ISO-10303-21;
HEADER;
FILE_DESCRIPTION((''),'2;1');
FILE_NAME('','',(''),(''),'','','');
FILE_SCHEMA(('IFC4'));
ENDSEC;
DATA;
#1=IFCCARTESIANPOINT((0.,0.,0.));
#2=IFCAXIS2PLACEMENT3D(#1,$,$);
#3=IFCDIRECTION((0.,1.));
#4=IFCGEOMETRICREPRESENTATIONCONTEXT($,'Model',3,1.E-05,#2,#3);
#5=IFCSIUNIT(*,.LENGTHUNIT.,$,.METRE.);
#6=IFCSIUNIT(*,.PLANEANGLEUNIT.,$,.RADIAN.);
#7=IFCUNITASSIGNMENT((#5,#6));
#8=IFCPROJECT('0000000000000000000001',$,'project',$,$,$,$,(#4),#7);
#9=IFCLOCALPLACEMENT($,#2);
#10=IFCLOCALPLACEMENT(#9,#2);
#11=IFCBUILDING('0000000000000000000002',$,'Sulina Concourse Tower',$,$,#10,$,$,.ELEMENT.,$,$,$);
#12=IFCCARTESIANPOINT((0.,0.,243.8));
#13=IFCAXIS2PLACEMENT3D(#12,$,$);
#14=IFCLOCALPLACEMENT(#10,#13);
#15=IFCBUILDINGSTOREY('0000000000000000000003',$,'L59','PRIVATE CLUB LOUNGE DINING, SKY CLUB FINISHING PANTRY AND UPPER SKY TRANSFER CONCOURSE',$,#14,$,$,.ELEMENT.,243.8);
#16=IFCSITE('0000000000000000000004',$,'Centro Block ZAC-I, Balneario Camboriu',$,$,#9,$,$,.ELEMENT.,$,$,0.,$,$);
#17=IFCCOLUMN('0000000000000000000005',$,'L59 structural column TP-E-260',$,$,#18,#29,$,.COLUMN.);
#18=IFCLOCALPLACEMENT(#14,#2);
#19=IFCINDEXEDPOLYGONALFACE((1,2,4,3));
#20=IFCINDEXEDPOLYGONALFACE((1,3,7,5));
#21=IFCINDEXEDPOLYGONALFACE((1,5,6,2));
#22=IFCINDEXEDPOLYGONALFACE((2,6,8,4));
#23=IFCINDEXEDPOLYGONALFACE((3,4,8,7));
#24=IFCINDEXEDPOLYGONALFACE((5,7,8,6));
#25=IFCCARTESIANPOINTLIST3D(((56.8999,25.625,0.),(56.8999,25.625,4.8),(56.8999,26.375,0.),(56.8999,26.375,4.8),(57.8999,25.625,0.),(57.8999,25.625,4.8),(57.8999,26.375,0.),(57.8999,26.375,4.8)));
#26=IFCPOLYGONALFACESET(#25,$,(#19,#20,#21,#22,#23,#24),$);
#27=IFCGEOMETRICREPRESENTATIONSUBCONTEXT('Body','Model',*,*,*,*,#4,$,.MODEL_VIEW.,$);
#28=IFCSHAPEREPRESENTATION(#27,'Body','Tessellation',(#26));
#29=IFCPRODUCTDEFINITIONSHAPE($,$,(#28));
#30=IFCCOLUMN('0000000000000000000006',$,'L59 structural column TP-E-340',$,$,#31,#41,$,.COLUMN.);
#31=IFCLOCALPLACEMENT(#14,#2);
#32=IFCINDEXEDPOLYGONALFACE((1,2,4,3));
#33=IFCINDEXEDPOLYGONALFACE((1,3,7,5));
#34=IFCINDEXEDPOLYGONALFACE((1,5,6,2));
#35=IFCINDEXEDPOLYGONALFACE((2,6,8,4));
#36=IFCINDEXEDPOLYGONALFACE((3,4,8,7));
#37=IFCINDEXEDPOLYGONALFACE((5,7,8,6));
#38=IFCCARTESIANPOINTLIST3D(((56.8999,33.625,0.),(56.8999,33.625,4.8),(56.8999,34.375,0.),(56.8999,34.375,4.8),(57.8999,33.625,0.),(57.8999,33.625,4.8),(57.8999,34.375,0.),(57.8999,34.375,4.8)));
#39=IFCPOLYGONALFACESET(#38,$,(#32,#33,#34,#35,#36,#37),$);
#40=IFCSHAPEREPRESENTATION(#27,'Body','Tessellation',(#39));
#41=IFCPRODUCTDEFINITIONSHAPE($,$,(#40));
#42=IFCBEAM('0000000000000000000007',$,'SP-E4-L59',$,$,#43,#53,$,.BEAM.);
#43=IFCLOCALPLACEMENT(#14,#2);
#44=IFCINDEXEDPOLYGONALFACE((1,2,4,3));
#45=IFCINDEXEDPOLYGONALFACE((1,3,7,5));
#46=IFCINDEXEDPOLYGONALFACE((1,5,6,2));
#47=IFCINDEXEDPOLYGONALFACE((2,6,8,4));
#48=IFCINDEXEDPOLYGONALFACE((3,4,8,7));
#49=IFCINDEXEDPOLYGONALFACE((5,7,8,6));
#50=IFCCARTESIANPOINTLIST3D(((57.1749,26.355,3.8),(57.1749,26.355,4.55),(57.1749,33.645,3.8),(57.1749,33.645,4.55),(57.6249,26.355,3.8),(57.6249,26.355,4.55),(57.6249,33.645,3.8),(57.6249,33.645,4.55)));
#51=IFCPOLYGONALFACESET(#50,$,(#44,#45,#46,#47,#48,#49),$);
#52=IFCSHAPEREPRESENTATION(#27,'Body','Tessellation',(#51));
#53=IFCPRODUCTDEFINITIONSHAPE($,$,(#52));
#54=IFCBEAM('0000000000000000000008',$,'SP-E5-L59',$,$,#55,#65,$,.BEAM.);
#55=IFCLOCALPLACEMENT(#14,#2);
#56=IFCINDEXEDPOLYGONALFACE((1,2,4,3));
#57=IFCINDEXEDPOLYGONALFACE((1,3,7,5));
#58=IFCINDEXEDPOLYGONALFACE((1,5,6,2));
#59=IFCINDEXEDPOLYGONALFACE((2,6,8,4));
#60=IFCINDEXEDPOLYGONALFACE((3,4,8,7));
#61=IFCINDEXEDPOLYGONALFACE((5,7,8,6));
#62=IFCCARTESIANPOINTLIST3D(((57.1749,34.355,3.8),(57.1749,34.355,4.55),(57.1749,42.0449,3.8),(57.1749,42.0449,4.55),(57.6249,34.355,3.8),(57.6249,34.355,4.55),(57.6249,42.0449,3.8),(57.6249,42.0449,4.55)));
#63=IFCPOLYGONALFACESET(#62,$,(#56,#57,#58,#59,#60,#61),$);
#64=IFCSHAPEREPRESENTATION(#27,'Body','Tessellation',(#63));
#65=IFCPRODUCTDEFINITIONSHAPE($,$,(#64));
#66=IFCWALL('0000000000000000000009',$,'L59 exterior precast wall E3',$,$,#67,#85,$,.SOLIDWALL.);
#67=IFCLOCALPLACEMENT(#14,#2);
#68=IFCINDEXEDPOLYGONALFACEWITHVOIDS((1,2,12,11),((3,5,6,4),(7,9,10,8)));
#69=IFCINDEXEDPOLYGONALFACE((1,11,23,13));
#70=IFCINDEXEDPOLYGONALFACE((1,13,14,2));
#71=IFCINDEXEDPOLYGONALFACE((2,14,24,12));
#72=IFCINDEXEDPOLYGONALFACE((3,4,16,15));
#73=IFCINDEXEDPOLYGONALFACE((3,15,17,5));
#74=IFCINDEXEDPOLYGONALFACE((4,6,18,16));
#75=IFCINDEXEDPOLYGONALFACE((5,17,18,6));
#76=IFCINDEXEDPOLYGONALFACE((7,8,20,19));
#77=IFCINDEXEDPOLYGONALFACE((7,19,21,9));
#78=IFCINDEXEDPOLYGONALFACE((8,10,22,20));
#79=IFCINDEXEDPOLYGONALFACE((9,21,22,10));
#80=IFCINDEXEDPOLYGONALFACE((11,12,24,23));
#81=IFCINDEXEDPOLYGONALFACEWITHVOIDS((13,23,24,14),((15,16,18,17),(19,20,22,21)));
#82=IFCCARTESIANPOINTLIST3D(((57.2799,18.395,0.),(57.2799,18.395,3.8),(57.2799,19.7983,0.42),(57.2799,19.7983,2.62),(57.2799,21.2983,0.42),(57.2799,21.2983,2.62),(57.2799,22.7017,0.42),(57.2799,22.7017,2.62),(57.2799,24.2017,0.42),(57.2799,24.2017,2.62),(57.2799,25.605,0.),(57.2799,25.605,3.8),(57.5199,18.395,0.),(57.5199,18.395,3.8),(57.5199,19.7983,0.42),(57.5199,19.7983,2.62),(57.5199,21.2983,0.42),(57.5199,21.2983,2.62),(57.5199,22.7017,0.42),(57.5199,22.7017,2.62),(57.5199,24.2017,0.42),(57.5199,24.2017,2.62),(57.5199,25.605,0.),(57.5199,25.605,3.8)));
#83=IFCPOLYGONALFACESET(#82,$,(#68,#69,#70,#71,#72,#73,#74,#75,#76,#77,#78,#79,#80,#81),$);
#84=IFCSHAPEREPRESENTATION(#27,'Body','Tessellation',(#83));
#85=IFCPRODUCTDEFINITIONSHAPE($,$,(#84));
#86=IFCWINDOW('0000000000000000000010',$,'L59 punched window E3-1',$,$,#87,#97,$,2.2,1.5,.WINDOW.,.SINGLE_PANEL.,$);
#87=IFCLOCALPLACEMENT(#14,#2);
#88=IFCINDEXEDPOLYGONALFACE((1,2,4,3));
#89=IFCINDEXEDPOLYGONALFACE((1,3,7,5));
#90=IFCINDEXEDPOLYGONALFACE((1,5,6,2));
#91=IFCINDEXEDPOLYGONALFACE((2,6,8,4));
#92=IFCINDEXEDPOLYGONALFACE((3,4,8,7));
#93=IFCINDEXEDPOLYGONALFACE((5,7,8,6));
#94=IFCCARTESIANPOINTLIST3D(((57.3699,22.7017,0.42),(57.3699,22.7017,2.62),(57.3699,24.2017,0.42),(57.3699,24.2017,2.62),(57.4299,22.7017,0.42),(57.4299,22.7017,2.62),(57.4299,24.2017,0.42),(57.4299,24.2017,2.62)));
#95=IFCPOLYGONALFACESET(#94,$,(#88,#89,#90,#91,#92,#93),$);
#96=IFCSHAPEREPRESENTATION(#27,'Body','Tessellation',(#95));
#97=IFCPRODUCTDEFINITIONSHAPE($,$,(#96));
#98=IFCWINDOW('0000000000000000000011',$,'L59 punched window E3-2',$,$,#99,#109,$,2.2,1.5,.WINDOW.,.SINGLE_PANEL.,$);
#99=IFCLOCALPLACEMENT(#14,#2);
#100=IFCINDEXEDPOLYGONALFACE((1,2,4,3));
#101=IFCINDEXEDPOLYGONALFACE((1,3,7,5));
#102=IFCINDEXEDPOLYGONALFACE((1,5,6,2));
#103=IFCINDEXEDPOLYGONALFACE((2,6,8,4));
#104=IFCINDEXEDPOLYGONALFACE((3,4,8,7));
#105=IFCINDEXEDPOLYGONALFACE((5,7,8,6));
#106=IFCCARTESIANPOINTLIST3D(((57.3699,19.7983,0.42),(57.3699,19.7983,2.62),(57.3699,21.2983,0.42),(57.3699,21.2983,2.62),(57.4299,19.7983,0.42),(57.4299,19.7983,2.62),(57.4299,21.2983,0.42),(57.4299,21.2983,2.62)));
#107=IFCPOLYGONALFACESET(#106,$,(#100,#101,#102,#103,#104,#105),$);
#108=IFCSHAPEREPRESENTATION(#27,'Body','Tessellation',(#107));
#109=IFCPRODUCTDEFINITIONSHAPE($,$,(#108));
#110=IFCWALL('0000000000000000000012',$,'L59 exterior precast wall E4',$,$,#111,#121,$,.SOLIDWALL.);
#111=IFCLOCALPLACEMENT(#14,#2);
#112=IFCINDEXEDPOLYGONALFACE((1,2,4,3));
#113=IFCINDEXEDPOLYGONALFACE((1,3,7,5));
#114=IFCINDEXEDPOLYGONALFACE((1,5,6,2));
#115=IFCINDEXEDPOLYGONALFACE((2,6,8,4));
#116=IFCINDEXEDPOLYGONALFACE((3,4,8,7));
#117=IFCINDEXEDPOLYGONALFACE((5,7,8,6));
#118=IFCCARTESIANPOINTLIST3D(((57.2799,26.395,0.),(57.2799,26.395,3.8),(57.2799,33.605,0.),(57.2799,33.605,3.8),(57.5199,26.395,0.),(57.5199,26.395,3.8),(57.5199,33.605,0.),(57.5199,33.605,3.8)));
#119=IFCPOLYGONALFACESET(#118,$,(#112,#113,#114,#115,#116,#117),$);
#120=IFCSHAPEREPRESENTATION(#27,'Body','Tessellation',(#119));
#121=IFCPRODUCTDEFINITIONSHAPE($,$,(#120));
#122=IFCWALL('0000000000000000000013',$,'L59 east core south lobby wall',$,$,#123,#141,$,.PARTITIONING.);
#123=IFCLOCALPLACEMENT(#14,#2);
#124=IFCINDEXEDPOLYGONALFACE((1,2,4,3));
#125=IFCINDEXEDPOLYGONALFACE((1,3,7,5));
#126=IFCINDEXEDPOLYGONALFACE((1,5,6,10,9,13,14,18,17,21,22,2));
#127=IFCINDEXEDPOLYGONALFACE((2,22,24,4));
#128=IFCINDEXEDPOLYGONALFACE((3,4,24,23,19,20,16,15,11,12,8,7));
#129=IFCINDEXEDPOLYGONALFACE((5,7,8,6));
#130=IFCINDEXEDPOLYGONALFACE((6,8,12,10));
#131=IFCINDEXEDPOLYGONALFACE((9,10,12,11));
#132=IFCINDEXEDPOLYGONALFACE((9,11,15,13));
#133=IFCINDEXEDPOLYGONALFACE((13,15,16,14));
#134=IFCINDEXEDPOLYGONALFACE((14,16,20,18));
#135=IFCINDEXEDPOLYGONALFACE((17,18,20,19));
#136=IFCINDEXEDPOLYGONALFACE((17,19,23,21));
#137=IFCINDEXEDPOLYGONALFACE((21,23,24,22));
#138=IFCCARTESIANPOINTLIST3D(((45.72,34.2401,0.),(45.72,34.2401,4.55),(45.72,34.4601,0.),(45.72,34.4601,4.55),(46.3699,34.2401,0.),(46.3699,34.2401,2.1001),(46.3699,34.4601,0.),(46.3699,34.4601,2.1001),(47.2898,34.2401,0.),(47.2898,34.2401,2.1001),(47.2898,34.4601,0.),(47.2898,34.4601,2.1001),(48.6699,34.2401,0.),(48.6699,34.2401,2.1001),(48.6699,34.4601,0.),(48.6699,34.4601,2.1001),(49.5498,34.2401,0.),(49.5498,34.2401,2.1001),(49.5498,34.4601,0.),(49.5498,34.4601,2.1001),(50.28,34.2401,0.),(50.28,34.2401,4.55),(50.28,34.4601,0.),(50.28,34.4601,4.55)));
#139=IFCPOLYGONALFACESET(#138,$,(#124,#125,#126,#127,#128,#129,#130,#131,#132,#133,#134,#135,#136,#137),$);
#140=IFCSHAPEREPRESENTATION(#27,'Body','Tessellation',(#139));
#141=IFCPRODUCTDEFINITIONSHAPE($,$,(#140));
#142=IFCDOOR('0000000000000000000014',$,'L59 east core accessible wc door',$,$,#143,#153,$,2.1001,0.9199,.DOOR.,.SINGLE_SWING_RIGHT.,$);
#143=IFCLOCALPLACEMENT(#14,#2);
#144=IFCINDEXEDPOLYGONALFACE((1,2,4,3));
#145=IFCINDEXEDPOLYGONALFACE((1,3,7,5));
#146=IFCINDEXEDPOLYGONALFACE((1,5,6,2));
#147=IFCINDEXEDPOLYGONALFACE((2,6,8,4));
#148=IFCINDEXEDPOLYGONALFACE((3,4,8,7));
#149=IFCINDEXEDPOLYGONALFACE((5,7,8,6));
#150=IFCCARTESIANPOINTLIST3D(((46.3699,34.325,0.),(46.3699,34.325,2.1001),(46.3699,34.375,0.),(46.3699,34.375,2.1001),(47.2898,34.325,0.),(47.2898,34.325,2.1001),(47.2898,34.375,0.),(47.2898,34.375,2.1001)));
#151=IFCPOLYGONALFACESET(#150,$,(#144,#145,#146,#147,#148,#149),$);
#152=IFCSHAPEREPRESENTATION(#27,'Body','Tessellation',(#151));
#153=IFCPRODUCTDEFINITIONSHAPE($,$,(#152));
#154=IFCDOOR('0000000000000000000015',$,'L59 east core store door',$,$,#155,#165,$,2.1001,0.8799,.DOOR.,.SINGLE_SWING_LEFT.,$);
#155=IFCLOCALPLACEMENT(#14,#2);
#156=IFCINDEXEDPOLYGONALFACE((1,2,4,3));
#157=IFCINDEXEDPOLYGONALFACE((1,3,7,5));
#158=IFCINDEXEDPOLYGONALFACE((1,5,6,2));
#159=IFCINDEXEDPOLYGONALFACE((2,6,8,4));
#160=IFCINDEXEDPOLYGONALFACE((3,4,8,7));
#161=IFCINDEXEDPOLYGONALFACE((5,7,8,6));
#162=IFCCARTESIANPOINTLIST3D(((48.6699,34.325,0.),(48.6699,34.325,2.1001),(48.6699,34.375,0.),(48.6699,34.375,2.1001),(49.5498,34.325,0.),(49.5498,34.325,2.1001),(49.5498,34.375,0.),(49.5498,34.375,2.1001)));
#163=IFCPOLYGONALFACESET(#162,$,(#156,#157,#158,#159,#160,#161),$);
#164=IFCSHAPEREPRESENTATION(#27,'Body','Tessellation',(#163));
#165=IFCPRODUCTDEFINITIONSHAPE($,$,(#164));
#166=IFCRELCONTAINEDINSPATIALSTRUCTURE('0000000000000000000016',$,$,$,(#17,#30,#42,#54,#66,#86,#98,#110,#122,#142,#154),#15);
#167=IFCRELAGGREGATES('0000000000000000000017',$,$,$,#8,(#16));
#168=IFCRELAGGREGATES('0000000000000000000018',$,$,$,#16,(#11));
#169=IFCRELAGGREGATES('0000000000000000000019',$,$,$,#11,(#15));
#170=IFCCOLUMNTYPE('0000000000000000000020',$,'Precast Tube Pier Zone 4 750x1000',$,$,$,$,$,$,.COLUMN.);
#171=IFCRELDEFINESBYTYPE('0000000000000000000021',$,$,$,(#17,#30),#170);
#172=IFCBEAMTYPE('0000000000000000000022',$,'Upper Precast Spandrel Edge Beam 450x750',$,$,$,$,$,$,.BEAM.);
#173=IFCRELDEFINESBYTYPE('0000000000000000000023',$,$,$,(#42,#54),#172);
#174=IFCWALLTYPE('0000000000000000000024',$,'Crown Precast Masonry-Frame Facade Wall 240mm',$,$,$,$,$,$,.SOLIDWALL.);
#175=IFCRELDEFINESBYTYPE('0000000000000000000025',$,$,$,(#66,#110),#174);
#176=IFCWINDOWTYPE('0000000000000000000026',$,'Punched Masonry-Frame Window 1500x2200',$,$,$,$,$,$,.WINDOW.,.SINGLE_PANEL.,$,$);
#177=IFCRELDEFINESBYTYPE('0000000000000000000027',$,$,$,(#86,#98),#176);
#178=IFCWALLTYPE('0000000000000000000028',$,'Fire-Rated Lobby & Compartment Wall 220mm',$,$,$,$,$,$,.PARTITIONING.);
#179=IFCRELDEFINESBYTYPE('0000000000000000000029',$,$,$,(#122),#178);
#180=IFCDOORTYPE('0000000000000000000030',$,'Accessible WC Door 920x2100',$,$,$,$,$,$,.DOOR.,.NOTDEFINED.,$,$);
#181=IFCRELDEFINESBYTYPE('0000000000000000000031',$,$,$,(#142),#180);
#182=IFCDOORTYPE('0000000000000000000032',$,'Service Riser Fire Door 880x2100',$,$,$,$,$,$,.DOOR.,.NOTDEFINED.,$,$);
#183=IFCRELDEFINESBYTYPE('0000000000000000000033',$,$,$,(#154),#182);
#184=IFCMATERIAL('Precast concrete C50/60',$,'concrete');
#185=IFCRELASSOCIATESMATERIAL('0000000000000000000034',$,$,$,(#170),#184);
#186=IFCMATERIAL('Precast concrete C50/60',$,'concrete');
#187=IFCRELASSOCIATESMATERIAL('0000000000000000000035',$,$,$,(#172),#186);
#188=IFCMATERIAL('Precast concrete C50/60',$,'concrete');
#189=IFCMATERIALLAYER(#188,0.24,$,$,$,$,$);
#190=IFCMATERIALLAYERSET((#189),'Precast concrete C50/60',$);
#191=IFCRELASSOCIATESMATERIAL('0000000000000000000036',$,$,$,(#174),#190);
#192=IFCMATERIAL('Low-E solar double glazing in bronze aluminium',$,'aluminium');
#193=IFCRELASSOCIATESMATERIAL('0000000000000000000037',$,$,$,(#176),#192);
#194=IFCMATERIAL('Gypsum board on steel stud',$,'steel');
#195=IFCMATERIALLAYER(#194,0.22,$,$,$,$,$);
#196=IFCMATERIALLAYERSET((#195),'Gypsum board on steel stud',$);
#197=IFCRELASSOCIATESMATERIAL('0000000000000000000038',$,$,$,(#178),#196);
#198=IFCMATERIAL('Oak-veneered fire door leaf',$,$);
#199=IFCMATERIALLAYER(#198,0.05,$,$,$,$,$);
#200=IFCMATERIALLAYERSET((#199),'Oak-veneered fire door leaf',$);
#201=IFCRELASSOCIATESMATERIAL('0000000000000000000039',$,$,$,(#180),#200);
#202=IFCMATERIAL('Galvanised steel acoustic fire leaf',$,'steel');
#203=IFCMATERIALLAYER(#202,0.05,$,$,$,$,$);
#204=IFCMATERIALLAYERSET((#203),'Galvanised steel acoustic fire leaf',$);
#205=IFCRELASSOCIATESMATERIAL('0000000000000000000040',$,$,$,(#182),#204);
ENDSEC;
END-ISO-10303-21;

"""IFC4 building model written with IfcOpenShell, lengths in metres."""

from ifc_helpers import new_model, si_unit, direction, frame, frame_2d, origin, origin_2d, place, context, subcontext, project, spatial, rectangle, extrude, material, layer, layer_set, material_profile, profile_set, type_object, element, fill, save


model = new_model("IFC4")

# Units and contexts
model_context = context("Model", 3, precision=1e-05, world=origin(), true_north=direction((0.0, 1.0)))
body_context = subcontext(model_context, "Body", "Model", "MODEL_VIEW")
ifc_project = project(units=[si_unit("LENGTHUNIT", "METRE"), si_unit("PLANEANGLEUNIT", "RADIAN")], contexts=[model_context])

# Site, building, storey
site_placement = place(None, origin())
site = spatial("IfcSite", under=ifc_project, at=site_placement, Name="Centro Block ZAC-I, Balneario Camboriu", CompositionType="ELEMENT", RefElevation=0.0)
building_placement = place(site_placement, origin())
building = spatial("IfcBuilding", under=site, at=building_placement, Name="Sulina Concourse Tower", CompositionType="ELEMENT")
storey_placement = place(building_placement, frame((0.0, 0.0, 243.8)))
storey = spatial("IfcBuildingStorey", under=building, at=storey_placement, Name="L59", Description="PRIVATE CLUB LOUNGE DINING, SKY CLUB FINISHING PANTRY AND UPPER SKY TRANSFER CONCOURSE", CompositionType="ELEMENT", Elevation=243.8)

# Columns
ifc_material_1 = material(Name="Precast concrete C50/60", Category="concrete")
ifc_material_profile_1 = material_profile(ifc_material_1, rectangle(XDim=0.75, YDim=1.0, at=origin_2d()), Name="PC 750x1000")
ifc_profile_set_1 = profile_set([ifc_material_profile_1], Name="Precast concrete C50/60")
column_type = type_object("IfcColumnType", Name="Precast Tube Pier Zone 4 750x1000", PredefinedType="COLUMN", material=ifc_profile_set_1)
for number, where, z_axis, x_axis, name in (
    (1, (57.3999, 26.0, 0.0), (0.0, 0.0, 1.0), (0.0, 1.0, 0.0), "L59 structural column TP-E-260"),
    (2, (57.3999, 34.0, 0.0), (0.0, 0.0, 1.0), (0.0, 1.0, 0.0), "L59 structural column TP-E-340"),
):
    element("IfcColumn", number, at=place(storey_placement, frame(where, z_axis=z_axis, x_axis=x_axis)), inside=storey, type_object=column_type, Name=name, PredefinedType="COLUMN", context=body_context, shape_type="SweptSolid", body=[
        extrude(rectangle(XDim=0.75, YDim=1.0, at=origin_2d()), origin(), (0.0, 0.0, 1.0), 4.8),
    ])

# Beams
ifc_material_2 = material(Name="Precast concrete C50/60", Category="concrete")
ifc_material_profile_2 = material_profile(ifc_material_2, rectangle(XDim=0.45, YDim=0.75, at=origin_2d()), Name="RC 450x750")
ifc_profile_set_2 = profile_set([ifc_material_profile_2], Name="Precast concrete C50/60")
beam_type = type_object("IfcBeamType", Name="Upper Precast Spandrel Edge Beam 450x750", PredefinedType="BEAM", material=ifc_profile_set_2)
beam_1_placement = place(storey_placement, frame((57.3999, 26.355, 4.175), z_axis=(0.0, 1.0, 0.0), x_axis=(-1.0, 0.0, 0.0)))
element("IfcBeam", 3, at=beam_1_placement, inside=storey, type_object=beam_type, Name="SP-E4-L59", PredefinedType="BEAM", context=body_context, shape_type="SweptSolid", body=[
    extrude(rectangle(XDim=0.45, YDim=0.75, at=origin_2d()), origin(), (0.0, 0.0, 1.0), 7.29),
])
beam_2_placement = place(storey_placement, frame((57.3999, 34.355, 4.175), z_axis=(0.0, 1.0, 0.0), x_axis=(-1.0, 0.0, 0.0)))
element("IfcBeam", 4, at=beam_2_placement, inside=storey, type_object=beam_type, Name="SP-E5-L59", PredefinedType="BEAM", context=body_context, shape_type="SweptSolid", body=[
    extrude(rectangle(XDim=0.45, YDim=0.75, at=origin_2d()), origin(), (0.0, 0.0, 1.0), 7.6899),
])

# Wall, openings, windows
ifc_material_3 = material(Name="Precast concrete C50/60", Category="concrete")
ifc_layer_1 = layer(ifc_material_3, 0.24)
ifc_layer_set_1 = layer_set([ifc_layer_1], Name="Precast concrete C50/60")
wall_type_1 = type_object("IfcWallType", Name="Crown Precast Masonry-Frame Facade Wall 240mm", PredefinedType="SOLIDWALL", material=ifc_layer_set_1)
wall_1_placement = place(storey_placement, frame((57.3999, 25.605, 0.0), z_axis=(0.0, 0.0, 1.0), x_axis=(0.0, -1.0, 0.0)))
wall_1 = element("IfcWall", 5, at=wall_1_placement, inside=storey, type_object=wall_type_1, Name="L59 exterior precast wall E3", PredefinedType="SOLIDWALL", context=body_context, shape_type="SweptSolid", body=[
    extrude(rectangle(XDim=7.21, YDim=0.24, at=frame_2d((3.605, 0.0))), origin(), (0.0, 0.0, 1.0), 3.8),
])
opening_1_placement = place(wall_1_placement, frame((1.4033, 0.0, 0.4199)))
opening_1 = element("IfcOpeningElement", 6, at=opening_1_placement, cuts=wall_1, PredefinedType="OPENING", context=body_context, shape_type="SweptSolid", body=[
    extrude(rectangle(XDim=1.5, YDim=2.2, at=frame_2d((0.75, 1.1001))), frame((0.0, 0.1299, 0.0), z_axis=(0.0, -1.0, 0.0), x_axis=(1.0, 0.0, 0.0)), (0.0, 0.0, 1.0), 0.26),
])
opening_2_placement = place(wall_1_placement, frame((4.3066, 0.0, 0.4199)))
opening_2 = element("IfcOpeningElement", 7, at=opening_2_placement, cuts=wall_1, PredefinedType="OPENING", context=body_context, shape_type="SweptSolid", body=[
    extrude(rectangle(XDim=1.5, YDim=2.2, at=frame_2d((0.75, 1.1001))), frame((0.0, 0.1299, 0.0), z_axis=(0.0, -1.0, 0.0), x_axis=(1.0, 0.0, 0.0)), (0.0, 0.0, 1.0), 0.26),
])
ifc_material_4 = material(Name="Low-E solar double glazing in bronze aluminium", Category="aluminium")
window_type = type_object("IfcWindowType", Name="Punched Masonry-Frame Window 1500x2200", PartitioningType="SINGLE_PANEL", PredefinedType="WINDOW", material=ifc_material_4)
window_1_placement = place(opening_1_placement, origin())
window_1 = element("IfcWindow", 8, at=window_1_placement, inside=storey, type_object=window_type, Name="L59 punched window E3-1", OverallHeight=2.2, OverallWidth=1.5, PartitioningType="SINGLE_PANEL", PredefinedType="WINDOW", context=body_context, shape_type="SweptSolid", body=[
    extrude(rectangle(XDim=1.5, YDim=2.2, at=frame_2d((0.75, 1.1001))), frame((0.0, 0.03, 0.0), z_axis=(0.0, -1.0, 0.0), x_axis=(1.0, 0.0, 0.0)), (0.0, 0.0, 1.0), 0.0601),
])
fill(opening_1, window_1)
window_2_placement = place(opening_2_placement, origin())
window_2 = element("IfcWindow", 9, at=window_2_placement, inside=storey, type_object=window_type, Name="L59 punched window E3-2", OverallHeight=2.2, OverallWidth=1.5, PartitioningType="SINGLE_PANEL", PredefinedType="WINDOW", context=body_context, shape_type="SweptSolid", body=[
    extrude(rectangle(XDim=1.5, YDim=2.2, at=frame_2d((0.75, 1.1001))), frame((0.0, 0.03, 0.0), z_axis=(0.0, -1.0, 0.0), x_axis=(1.0, 0.0, 0.0)), (0.0, 0.0, 1.0), 0.0601),
])
fill(opening_2, window_2)

# Wall
wall_2_placement = place(storey_placement, frame((57.3999, 33.605, 0.0), z_axis=(0.0, 0.0, 1.0), x_axis=(0.0, -1.0, 0.0)))
element("IfcWall", 10, at=wall_2_placement, inside=storey, type_object=wall_type_1, Name="L59 exterior precast wall E4", PredefinedType="SOLIDWALL", context=body_context, shape_type="SweptSolid", body=[
    extrude(rectangle(XDim=7.21, YDim=0.24, at=frame_2d((3.605, 0.0))), origin(), (0.0, 0.0, 1.0), 3.8),
])

# Wall, openings, doors
ifc_material_5 = material(Name="Gypsum board on steel stud", Category="steel")
ifc_layer_2 = layer(ifc_material_5, 0.22)
ifc_layer_set_2 = layer_set([ifc_layer_2], Name="Gypsum board on steel stud")
wall_type_2 = type_object("IfcWallType", Name="Fire-Rated Lobby & Compartment Wall 220mm", PredefinedType="PARTITIONING", material=ifc_layer_set_2)
wall_3_placement = place(storey_placement, frame((45.72, 34.3501, 0.0), z_axis=(0.0, 0.0, 1.0), x_axis=(1.0, 0.0, 0.0)))
wall_3 = element("IfcWall", 11, at=wall_3_placement, inside=storey, type_object=wall_type_2, Name="L59 east core south lobby wall", PredefinedType="PARTITIONING", context=body_context, shape_type="SweptSolid", body=[
    extrude(rectangle(XDim=4.5601, YDim=0.22, at=frame_2d((2.28, 0.0))), origin(), (0.0, 0.0, 1.0), 4.55),
])
opening_3_placement = place(wall_3_placement, frame((0.6499, 0.0, 0.0)))
opening_3 = element("IfcOpeningElement", 12, at=opening_3_placement, cuts=wall_3, PredefinedType="OPENING", context=body_context, shape_type="SweptSolid", body=[
    extrude(rectangle(XDim=0.9199, YDim=2.1001, at=frame_2d((0.46, 1.05))), frame((0.0, 0.1199, 0.0), z_axis=(0.0, -1.0, 0.0), x_axis=(1.0, 0.0, 0.0)), (0.0, 0.0, 1.0), 0.24),
])
opening_4_placement = place(wall_3_placement, frame((2.95, 0.0, 0.0)))
opening_4 = element("IfcOpeningElement", 13, at=opening_4_placement, cuts=wall_3, PredefinedType="OPENING", context=body_context, shape_type="SweptSolid", body=[
    extrude(rectangle(XDim=0.8799, YDim=2.1001, at=frame_2d((0.4399, 1.05))), frame((0.0, 0.1199, 0.0), z_axis=(0.0, -1.0, 0.0), x_axis=(1.0, 0.0, 0.0)), (0.0, 0.0, 1.0), 0.24),
])
ifc_material_6 = material(Name="Oak-veneered fire door leaf")
ifc_layer_3 = layer(ifc_material_6, 0.05)
ifc_layer_set_3 = layer_set([ifc_layer_3], Name="Oak-veneered fire door leaf")
door_type_1 = type_object("IfcDoorType", Name="Accessible WC Door 920x2100", OperationType="NOTDEFINED", PredefinedType="DOOR", material=ifc_layer_set_3)
door_1_placement = place(opening_3_placement, origin())
door_1 = element("IfcDoor", 14, at=door_1_placement, inside=storey, type_object=door_type_1, Name="L59 east core accessible wc door", OperationType="SINGLE_SWING_RIGHT", OverallHeight=2.1001, OverallWidth=0.9199, PredefinedType="DOOR", context=body_context, shape_type="SweptSolid", body=[
    extrude(rectangle(XDim=0.9199, YDim=2.1001, at=frame_2d((0.46, 1.05))), frame((0.0, 0.0249, 0.0), z_axis=(0.0, -1.0, 0.0), x_axis=(1.0, 0.0, 0.0)), (0.0, 0.0, 1.0), 0.05),
])
fill(opening_3, door_1)
ifc_material_7 = material(Name="Galvanised steel acoustic fire leaf", Category="steel")
ifc_layer_4 = layer(ifc_material_7, 0.05)
ifc_layer_set_4 = layer_set([ifc_layer_4], Name="Galvanised steel acoustic fire leaf")
door_type_2 = type_object("IfcDoorType", Name="Service Riser Fire Door 880x2100", OperationType="NOTDEFINED", PredefinedType="DOOR", material=ifc_layer_set_4)
door_2_placement = place(opening_4_placement, origin())
door_2 = element("IfcDoor", 15, at=door_2_placement, inside=storey, type_object=door_type_2, Name="L59 east core store door", OperationType="SINGLE_SWING_LEFT", OverallHeight=2.1001, OverallWidth=0.8799, PredefinedType="DOOR", context=body_context, shape_type="SweptSolid", body=[
    extrude(rectangle(XDim=0.8799, YDim=2.1001, at=frame_2d((0.4399, 1.05))), frame((0.0, 0.0249, 0.0), z_axis=(0.0, -1.0, 0.0), x_axis=(1.0, 0.0, 0.0)), (0.0, 0.0, 1.0), 0.05),
])
fill(opening_4, door_2)

save(model, "model.ifc")
